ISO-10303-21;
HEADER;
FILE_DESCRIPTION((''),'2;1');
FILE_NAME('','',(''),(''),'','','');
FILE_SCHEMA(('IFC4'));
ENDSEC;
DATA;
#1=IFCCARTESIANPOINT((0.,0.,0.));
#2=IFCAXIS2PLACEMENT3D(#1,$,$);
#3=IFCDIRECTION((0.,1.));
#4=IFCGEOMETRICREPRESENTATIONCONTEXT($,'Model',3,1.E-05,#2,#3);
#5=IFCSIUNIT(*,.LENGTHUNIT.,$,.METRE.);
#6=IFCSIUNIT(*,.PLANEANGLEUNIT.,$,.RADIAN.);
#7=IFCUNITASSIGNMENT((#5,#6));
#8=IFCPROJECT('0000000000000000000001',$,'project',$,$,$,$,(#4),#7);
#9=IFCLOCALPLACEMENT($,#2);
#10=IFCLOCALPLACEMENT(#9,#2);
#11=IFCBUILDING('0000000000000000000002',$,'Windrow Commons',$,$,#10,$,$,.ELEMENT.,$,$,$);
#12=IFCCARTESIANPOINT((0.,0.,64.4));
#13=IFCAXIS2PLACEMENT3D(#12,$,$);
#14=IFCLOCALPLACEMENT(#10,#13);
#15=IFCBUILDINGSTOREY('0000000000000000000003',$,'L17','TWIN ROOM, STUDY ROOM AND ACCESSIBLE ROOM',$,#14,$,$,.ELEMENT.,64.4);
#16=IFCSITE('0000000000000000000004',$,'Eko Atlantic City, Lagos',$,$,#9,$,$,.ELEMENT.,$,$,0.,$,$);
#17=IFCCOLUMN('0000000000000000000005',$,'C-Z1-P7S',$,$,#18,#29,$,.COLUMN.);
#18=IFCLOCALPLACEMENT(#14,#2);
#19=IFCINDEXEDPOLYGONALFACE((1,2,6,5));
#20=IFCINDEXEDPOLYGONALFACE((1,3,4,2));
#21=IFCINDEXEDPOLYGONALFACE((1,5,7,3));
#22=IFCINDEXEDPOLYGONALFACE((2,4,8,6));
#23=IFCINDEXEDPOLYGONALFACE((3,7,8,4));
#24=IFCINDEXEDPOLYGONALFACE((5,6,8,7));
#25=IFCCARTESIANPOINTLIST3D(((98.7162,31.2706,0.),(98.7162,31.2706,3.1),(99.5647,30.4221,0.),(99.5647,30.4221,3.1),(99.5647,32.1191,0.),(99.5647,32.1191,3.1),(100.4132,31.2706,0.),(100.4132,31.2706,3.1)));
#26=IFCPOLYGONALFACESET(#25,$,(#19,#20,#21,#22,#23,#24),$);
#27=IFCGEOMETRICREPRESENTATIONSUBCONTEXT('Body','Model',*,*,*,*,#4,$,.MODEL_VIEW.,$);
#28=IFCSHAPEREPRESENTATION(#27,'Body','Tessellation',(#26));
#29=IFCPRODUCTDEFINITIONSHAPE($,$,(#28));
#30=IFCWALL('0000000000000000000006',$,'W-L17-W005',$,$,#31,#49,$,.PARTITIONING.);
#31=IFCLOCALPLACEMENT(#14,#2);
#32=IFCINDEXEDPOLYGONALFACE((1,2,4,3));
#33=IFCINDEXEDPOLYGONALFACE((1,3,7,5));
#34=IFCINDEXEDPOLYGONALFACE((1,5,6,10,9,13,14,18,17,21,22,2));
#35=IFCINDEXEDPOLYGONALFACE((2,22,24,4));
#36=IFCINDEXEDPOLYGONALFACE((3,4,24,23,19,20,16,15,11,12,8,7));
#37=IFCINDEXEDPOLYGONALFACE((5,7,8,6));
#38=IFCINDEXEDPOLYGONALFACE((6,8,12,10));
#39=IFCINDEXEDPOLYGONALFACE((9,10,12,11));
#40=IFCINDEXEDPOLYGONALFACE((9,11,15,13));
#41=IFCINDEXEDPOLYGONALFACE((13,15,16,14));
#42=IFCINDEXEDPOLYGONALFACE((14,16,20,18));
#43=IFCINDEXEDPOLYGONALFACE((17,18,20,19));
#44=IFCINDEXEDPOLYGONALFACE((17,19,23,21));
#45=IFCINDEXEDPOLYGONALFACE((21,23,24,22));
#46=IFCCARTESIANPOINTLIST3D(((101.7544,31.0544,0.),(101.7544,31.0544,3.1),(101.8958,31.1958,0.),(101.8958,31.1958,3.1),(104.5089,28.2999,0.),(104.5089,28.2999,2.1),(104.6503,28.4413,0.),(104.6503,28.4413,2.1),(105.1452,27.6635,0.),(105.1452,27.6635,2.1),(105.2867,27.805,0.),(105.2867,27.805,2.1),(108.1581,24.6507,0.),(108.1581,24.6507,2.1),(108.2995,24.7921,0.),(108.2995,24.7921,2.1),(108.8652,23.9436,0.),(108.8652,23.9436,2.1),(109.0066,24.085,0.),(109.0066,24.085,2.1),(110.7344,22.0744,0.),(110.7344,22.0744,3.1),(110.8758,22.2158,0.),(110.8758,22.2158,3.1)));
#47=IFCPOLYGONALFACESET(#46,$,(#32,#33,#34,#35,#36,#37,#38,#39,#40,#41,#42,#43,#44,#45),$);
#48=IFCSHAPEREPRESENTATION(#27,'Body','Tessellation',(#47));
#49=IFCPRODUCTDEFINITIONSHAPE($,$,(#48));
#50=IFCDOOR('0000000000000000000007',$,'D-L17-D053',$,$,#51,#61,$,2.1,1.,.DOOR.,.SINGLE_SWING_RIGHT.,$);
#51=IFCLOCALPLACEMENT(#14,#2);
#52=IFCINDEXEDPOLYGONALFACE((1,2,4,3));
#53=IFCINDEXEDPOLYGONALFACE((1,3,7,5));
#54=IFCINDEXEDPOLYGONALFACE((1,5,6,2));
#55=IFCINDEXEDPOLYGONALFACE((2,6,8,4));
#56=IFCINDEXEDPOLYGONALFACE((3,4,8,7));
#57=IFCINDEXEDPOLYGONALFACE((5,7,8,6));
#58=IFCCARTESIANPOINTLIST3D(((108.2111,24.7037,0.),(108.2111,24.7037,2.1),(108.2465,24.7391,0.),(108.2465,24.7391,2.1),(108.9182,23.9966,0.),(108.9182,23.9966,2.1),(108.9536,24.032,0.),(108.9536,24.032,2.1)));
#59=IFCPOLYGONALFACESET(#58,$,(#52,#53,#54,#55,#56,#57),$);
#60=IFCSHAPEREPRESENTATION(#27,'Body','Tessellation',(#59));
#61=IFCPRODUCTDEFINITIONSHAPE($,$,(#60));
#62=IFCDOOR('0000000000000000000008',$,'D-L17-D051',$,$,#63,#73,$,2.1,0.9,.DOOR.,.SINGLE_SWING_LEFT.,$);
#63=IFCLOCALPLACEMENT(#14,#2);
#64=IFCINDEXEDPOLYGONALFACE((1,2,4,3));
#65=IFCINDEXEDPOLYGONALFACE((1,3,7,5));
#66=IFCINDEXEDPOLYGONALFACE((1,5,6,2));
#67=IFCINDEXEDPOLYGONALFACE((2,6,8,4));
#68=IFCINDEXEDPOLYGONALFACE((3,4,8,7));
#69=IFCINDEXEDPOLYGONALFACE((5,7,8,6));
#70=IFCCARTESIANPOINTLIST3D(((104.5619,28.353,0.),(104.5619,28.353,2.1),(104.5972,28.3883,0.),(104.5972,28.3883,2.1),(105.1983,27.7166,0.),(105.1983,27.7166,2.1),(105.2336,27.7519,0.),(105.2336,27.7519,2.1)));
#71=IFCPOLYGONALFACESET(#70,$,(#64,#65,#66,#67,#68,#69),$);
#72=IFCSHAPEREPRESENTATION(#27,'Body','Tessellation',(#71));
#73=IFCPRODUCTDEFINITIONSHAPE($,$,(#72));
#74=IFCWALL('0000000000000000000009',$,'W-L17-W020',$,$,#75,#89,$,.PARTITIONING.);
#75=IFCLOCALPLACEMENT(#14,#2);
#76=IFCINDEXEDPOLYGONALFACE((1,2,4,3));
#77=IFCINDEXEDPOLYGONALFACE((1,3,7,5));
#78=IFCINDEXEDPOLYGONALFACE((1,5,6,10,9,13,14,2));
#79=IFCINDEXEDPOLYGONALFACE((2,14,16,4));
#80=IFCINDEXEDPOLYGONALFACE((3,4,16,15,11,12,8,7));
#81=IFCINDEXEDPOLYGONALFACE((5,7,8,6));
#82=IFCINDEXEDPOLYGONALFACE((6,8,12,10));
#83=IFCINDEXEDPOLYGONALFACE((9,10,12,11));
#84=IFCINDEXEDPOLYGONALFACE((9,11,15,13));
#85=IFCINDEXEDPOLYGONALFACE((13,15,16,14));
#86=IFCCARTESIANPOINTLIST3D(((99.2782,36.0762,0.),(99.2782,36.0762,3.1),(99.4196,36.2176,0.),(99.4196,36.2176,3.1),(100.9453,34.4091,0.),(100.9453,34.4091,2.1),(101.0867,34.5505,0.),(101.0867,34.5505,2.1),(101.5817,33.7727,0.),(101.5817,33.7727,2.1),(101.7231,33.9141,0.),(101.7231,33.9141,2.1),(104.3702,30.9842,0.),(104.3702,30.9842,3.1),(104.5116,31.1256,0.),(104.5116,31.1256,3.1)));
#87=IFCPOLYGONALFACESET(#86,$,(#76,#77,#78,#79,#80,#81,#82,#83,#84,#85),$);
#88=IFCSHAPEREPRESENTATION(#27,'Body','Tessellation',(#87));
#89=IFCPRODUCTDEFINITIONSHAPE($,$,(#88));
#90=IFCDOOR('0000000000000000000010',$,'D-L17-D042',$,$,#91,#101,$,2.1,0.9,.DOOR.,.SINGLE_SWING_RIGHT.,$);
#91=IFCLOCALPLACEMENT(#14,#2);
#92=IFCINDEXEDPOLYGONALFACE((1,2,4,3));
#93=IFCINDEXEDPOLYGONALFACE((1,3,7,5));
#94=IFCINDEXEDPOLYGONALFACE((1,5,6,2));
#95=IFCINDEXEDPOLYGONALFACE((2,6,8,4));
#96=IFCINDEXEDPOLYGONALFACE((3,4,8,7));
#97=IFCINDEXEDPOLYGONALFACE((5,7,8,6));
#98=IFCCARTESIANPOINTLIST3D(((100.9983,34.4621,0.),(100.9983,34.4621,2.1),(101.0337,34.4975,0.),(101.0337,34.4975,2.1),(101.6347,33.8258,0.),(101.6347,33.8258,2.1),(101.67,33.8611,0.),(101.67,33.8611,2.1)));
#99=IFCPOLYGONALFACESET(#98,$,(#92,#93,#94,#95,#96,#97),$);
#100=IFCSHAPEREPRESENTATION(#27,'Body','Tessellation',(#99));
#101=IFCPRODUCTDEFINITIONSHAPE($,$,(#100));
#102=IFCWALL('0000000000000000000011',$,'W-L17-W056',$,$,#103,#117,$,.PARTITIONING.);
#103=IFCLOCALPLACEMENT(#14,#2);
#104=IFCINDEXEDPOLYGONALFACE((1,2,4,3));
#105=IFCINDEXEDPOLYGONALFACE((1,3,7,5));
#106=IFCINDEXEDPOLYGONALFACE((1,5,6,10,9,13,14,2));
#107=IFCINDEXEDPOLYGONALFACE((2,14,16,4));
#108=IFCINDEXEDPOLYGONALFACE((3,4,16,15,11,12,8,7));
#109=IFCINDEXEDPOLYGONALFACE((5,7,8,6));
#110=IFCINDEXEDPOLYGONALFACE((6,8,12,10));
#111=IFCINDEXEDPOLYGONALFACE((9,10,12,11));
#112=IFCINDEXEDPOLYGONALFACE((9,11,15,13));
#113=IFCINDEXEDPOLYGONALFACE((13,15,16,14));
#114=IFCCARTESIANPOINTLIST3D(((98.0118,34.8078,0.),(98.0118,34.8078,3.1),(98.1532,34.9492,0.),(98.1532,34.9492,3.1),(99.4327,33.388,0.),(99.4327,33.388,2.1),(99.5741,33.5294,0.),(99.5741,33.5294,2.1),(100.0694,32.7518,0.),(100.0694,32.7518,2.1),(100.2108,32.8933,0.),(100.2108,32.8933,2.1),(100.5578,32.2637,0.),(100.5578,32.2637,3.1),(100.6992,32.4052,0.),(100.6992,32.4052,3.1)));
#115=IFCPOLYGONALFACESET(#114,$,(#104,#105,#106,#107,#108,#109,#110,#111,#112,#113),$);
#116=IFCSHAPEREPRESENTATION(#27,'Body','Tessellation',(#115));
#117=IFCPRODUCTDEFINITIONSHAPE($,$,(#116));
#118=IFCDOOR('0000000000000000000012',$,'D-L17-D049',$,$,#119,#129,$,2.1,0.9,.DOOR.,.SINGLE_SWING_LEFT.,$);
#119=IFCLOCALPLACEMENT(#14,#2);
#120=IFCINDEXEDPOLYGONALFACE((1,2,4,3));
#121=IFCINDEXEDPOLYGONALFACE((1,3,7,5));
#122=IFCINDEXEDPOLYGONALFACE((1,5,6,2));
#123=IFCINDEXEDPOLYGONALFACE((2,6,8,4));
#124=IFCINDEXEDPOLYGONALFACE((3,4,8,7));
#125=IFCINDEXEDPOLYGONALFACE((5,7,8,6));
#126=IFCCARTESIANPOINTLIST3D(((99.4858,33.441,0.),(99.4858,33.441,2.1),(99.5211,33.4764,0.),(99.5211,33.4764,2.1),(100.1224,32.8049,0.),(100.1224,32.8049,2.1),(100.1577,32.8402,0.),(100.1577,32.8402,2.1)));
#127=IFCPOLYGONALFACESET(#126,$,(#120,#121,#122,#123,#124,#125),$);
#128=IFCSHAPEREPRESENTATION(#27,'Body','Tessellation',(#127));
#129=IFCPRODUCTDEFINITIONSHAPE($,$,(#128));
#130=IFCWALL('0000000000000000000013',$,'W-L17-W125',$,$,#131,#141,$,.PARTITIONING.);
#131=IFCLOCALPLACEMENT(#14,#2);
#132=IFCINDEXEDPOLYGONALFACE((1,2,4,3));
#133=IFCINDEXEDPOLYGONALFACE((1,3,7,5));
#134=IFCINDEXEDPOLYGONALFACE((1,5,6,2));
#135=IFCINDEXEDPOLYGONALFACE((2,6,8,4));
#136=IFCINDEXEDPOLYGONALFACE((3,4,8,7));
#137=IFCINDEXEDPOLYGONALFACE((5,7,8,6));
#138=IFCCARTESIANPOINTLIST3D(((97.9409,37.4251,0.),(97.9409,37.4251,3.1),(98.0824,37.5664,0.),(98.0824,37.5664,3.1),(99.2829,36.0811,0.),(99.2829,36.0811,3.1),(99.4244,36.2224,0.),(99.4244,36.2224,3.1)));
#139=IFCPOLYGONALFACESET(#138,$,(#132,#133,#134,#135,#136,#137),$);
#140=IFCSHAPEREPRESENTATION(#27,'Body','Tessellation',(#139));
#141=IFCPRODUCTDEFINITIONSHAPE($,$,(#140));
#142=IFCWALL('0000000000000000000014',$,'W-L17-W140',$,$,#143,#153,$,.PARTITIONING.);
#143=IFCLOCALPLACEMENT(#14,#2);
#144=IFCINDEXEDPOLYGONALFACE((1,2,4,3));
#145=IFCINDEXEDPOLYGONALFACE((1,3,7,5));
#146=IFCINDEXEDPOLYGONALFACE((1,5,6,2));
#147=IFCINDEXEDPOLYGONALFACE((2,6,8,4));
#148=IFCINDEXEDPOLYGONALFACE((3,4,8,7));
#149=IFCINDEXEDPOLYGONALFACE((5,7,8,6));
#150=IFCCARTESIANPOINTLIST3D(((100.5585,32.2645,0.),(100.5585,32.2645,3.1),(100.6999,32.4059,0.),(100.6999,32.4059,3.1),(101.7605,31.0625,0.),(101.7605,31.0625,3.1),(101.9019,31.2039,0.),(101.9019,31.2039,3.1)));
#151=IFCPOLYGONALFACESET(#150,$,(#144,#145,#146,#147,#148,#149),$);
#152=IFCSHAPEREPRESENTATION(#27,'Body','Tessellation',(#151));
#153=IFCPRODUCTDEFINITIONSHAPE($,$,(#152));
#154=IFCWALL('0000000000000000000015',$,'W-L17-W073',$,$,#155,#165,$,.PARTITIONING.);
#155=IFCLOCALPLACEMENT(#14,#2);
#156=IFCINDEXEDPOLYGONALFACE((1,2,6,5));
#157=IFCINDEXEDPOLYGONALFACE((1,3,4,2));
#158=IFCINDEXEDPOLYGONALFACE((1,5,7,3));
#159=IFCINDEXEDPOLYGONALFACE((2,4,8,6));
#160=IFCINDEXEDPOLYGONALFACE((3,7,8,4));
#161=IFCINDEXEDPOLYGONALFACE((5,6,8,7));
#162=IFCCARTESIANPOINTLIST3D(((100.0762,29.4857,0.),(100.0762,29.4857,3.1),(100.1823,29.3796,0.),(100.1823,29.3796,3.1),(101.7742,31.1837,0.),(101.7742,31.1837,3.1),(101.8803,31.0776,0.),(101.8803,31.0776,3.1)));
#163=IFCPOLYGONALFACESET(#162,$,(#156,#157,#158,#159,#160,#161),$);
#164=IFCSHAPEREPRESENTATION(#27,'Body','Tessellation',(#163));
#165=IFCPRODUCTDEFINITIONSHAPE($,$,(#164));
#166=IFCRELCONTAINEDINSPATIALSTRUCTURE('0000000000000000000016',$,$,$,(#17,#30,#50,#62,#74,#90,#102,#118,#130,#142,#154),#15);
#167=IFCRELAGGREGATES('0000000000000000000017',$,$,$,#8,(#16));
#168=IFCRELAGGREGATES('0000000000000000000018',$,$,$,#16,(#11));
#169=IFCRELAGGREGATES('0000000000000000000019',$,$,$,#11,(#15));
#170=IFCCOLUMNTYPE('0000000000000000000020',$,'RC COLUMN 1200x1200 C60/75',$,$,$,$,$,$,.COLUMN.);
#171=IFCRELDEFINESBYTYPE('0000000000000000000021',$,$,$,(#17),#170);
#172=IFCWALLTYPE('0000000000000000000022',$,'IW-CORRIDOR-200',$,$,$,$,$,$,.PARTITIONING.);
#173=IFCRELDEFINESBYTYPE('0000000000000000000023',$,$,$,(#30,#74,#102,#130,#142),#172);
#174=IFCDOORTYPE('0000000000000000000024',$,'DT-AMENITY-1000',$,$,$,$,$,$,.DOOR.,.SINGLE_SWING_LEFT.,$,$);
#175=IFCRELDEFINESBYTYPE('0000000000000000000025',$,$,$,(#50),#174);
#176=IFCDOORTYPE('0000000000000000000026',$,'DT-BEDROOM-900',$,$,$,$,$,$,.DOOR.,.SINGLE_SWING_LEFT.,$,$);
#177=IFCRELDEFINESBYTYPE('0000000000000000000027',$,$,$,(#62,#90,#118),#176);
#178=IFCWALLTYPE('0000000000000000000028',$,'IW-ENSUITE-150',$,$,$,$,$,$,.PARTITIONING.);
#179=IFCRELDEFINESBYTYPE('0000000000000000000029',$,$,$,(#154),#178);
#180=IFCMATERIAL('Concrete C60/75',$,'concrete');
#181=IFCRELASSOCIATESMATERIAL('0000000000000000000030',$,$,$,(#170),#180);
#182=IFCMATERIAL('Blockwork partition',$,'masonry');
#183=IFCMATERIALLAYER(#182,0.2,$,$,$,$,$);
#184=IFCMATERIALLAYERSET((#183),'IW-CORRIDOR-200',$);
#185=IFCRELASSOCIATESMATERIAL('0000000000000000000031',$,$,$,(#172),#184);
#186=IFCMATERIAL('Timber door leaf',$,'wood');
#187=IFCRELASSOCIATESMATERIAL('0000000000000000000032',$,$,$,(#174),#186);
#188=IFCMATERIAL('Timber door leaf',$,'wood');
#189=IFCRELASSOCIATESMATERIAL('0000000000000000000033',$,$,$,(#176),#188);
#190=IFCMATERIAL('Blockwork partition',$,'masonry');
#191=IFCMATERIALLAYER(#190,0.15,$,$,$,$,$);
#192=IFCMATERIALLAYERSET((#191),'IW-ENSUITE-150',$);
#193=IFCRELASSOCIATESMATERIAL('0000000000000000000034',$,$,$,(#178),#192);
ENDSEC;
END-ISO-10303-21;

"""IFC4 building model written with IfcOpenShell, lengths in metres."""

from ifc_helpers import new_model, si_unit, direction, frame, frame_2d, origin, origin_2d, place, context, subcontext, project, spatial, rectangle, extrude, material, layer, layer_set, material_profile, profile_set, type_object, element, fill, save


model = new_model("IFC4")

# Units and contexts
model_context = context("Model", 3, precision=1e-05, world=origin(), true_north=direction((0.0, 1.0)))
body_context = subcontext(model_context, "Body", "Model", "MODEL_VIEW")
ifc_project = project(units=[si_unit("LENGTHUNIT", "METRE"), si_unit("PLANEANGLEUNIT", "RADIAN")], contexts=[model_context])

# Site, building, storey
site_placement = place(None, origin())
site = spatial("IfcSite", under=ifc_project, at=site_placement, Name="Eko Atlantic City, Lagos", CompositionType="ELEMENT", RefElevation=0.0)
building_placement = place(site_placement, origin())
building = spatial("IfcBuilding", under=site, at=building_placement, Name="Windrow Commons", CompositionType="ELEMENT")
storey_placement = place(building_placement, frame((0.0, 0.0, 64.4)))
storey = spatial("IfcBuildingStorey", under=building, at=storey_placement, Name="L17", Description="TWIN ROOM, STUDY ROOM AND ACCESSIBLE ROOM", CompositionType="ELEMENT", Elevation=64.4)

# Column
ifc_material_1 = material(Name="Concrete C60/75", Category="concrete")
ifc_material_profile = material_profile(ifc_material_1, rectangle(XDim=1.2, YDim=1.2, at=origin_2d()))
ifc_profile_set = profile_set([ifc_material_profile], Name="Concrete C60/75")
column_type = type_object("IfcColumnType", Name="RC COLUMN 1200x1200 C60/75", PredefinedType="COLUMN", material=ifc_profile_set)
column_placement = place(storey_placement, frame((99.5647, 31.2706, 0.0), z_axis=(0.0, 0.0, 1.0), x_axis=(0.707107, -0.707107, 0.0)))
element("IfcColumn", 1, at=column_placement, inside=storey, type_object=column_type, Name="C-Z1-P7S", PredefinedType="COLUMN", context=body_context, shape_type="SweptSolid", body=[
    extrude(rectangle(XDim=1.2, YDim=1.2, at=origin_2d()), origin(), (0.0, 0.0, 1.0), 3.1),
])

# Wall, openings, doors
ifc_material_2 = material(Name="Blockwork partition", Category="masonry")
ifc_layer_1 = layer(ifc_material_2, 0.2)
ifc_layer_set_1 = layer_set([ifc_layer_1], Name="IW-CORRIDOR-200")
wall_type_1 = type_object("IfcWallType", Name="IW-CORRIDOR-200", PredefinedType="PARTITIONING", material=ifc_layer_set_1)
wall_1_placement = place(storey_placement, frame((101.8251, 31.1251, 0.0), z_axis=(0.0, 0.0, 1.0), x_axis=(0.707107, -0.707107, 0.0)))
wall_1 = element("IfcWall", 2, at=wall_1_placement, inside=storey, type_object=wall_type_1, Name="W-L17-W005", PredefinedType="PARTITIONING", context=body_context, shape_type="SweptSolid", body=[
    extrude(rectangle(XDim=12.6996, YDim=0.2, at=frame_2d((6.3498, 0.0))), origin(), (0.0, 0.0, 1.0), 3.1),
])
opening_1_placement = place(wall_1_placement, frame((3.8954, 0.0, 0.0)))
opening_1 = element("IfcOpeningElement", 3, at=opening_1_placement, cuts=wall_1, PredefinedType="OPENING", context=body_context, shape_type="SweptSolid", body=[
    extrude(rectangle(XDim=0.9, YDim=2.1, at=frame_2d((0.45, 1.05))), frame((0.0, 0.11, 0.0), z_axis=(0.0, -1.0, 0.0), x_axis=(1.0, 0.0, 0.0)), (0.0, 0.0, 1.0), 0.22),
])
opening_2_placement = place(wall_1_placement, frame((9.0562, 0.0, 0.0)))
opening_2 = element("IfcOpeningElement", 4, at=opening_2_placement, cuts=wall_1, PredefinedType="OPENING", context=body_context, shape_type="SweptSolid", body=[
    extrude(rectangle(XDim=1.0, YDim=2.1, at=frame_2d((0.5, 1.05))), frame((0.0, 0.11, 0.0), z_axis=(0.0, -1.0, 0.0), x_axis=(1.0, 0.0, 0.0)), (0.0, 0.0, 1.0), 0.22),
])
ifc_material_3 = material(Name="Timber door leaf", Category="wood")
door_type_1 = type_object("IfcDoorType", Name="DT-AMENITY-1000", OperationType="SINGLE_SWING_LEFT", PredefinedType="DOOR", material=ifc_material_3)
door_1_placement = place(opening_2_placement, origin())
door_1 = element("IfcDoor", 5, at=door_1_placement, inside=storey, type_object=door_type_1, Name="D-L17-D053", OperationType="SINGLE_SWING_RIGHT", OverallHeight=2.1, OverallWidth=1.0, PredefinedType="DOOR", context=body_context, shape_type="SweptSolid", body=[
    extrude(rectangle(XDim=1.0, YDim=2.1, at=frame_2d((0.5, 1.05))), frame((0.0, 0.025, 0.0), z_axis=(0.0, -1.0, 0.0), x_axis=(1.0, 0.0, 0.0)), (0.0, 0.0, 1.0), 0.05),
])
fill(opening_2, door_1)
ifc_material_4 = material(Name="Timber door leaf", Category="wood")
door_type_2 = type_object("IfcDoorType", Name="DT-BEDROOM-900", OperationType="SINGLE_SWING_LEFT", PredefinedType="DOOR", material=ifc_material_4)
door_2_placement = place(opening_1_placement, origin())
door_2 = element("IfcDoor", 6, at=door_2_placement, inside=storey, type_object=door_type_2, Name="D-L17-D051", OperationType="SINGLE_SWING_LEFT", OverallHeight=2.1, OverallWidth=0.9, PredefinedType="DOOR", context=body_context, shape_type="SweptSolid", body=[
    extrude(rectangle(XDim=0.9, YDim=2.1, at=frame_2d((0.45, 1.05))), frame((0.0, 0.025, 0.0), z_axis=(0.0, -1.0, 0.0), x_axis=(1.0, 0.0, 0.0)), (0.0, 0.0, 1.0), 0.05),
])
fill(opening_1, door_2)

# Walls, openings, doors
wall_2_placement = place(storey_placement, frame((99.3489, 36.1469, 0.0), z_axis=(0.0, 0.0, 1.0), x_axis=(0.707107, -0.707107, 0.0)))
wall_2 = element("IfcWall", 7, at=wall_2_placement, inside=storey, type_object=wall_type_1, Name="W-L17-W020", PredefinedType="PARTITIONING", context=body_context, shape_type="SweptSolid", body=[
    extrude(rectangle(XDim=7.2012, YDim=0.2, at=frame_2d((3.6006, 0.0))), origin(), (0.0, 0.0, 1.0), 3.1),
])
opening_3_placement = place(wall_2_placement, frame((2.3576, 0.0, 0.0)))
opening_3 = element("IfcOpeningElement", 8, at=opening_3_placement, cuts=wall_2, PredefinedType="OPENING", context=body_context, shape_type="SweptSolid", body=[
    extrude(rectangle(XDim=0.9, YDim=2.1, at=frame_2d((0.45, 1.05))), frame((0.0, 0.11, 0.0), z_axis=(0.0, -1.0, 0.0), x_axis=(1.0, 0.0, 0.0)), (0.0, 0.0, 1.0), 0.22),
])
door_3_placement = place(opening_3_placement, origin())
door_3 = element("IfcDoor", 9, at=door_3_placement, inside=storey, type_object=door_type_2, Name="D-L17-D042", OperationType="SINGLE_SWING_RIGHT", OverallHeight=2.1, OverallWidth=0.9, PredefinedType="DOOR", context=body_context, shape_type="SweptSolid", body=[
    extrude(rectangle(XDim=0.9, YDim=2.1, at=frame_2d((0.45, 1.05))), frame((0.0, 0.025, 0.0), z_axis=(0.0, -1.0, 0.0), x_axis=(1.0, 0.0, 0.0)), (0.0, 0.0, 1.0), 0.05),
])
fill(opening_3, door_3)
wall_3_placement = place(storey_placement, frame((98.0825, 34.8785, 0.0), z_axis=(0.0, 0.0, 1.0), x_axis=(0.707385, -0.706829, 0.0)))
wall_3 = element("IfcWall", 10, at=wall_3_placement, inside=storey, type_object=wall_type_1, Name="W-L17-W056", PredefinedType="PARTITIONING", context=body_context, shape_type="SweptSolid", body=[
    extrude(rectangle(XDim=3.5992, YDim=0.2, at=frame_2d((1.7996, 0.0))), origin(), (0.0, 0.0, 1.0), 3.1),
])
opening_4_placement = place(wall_3_placement, frame((2.0087, 0.0, 0.0)))
opening_4 = element("IfcOpeningElement", 11, at=opening_4_placement, cuts=wall_3, PredefinedType="OPENING", context=body_context, shape_type="SweptSolid", body=[
    extrude(rectangle(XDim=0.9, YDim=2.1, at=frame_2d((0.45, 1.05))), frame((0.0, 0.11, 0.0), z_axis=(0.0, -1.0, 0.0), x_axis=(1.0, 0.0, 0.0)), (0.0, 0.0, 1.0), 0.22),
])
door_4_placement = place(opening_4_placement, origin())
door_4 = element("IfcDoor", 12, at=door_4_placement, inside=storey, type_object=door_type_2, Name="D-L17-D049", OperationType="SINGLE_SWING_LEFT", OverallHeight=2.1, OverallWidth=0.9, PredefinedType="DOOR", context=body_context, shape_type="SweptSolid", body=[
    extrude(rectangle(XDim=0.9, YDim=2.1, at=frame_2d((0.45, 1.05))), frame((0.0, 0.025, 0.0), z_axis=(0.0, -1.0, 0.0), x_axis=(1.0, 0.0, 0.0)), (0.0, 0.0, 1.0), 0.05),
])
fill(opening_4, door_4)

# Walls
wall_4_placement = place(storey_placement, frame((98.0117, 37.4957, 0.0), z_axis=(0.0, 0.0, 1.0), x_axis=(0.70658, -0.707633, 0.0)))
element("IfcWall", 13, at=wall_4_placement, inside=storey, type_object=wall_type_1, Name="W-L17-W125", PredefinedType="PARTITIONING", context=body_context, shape_type="SweptSolid", body=[
    extrude(rectangle(XDim=1.8993, YDim=0.2, at=frame_2d((0.9496, 0.0))), origin(), (0.0, 0.0, 1.0), 3.1),
])
wall_5_placement = place(storey_placement, frame((100.6292, 32.3352, 0.0), z_axis=(0.0, 0.0, 1.0), x_axis=(0.707107, -0.707107, 0.0)))
element("IfcWall", 14, at=wall_5_placement, inside=storey, type_object=wall_type_1, Name="W-L17-W140", PredefinedType="PARTITIONING", context=body_context, shape_type="SweptSolid", body=[
    extrude(rectangle(XDim=1.6999, YDim=0.2, at=frame_2d((0.8499, 0.0))), origin(), (0.0, 0.0, 1.0), 3.1),
])
ifc_material_5 = material(Name="Blockwork partition", Category="masonry")
ifc_layer_2 = layer(ifc_material_5, 0.15)
ifc_layer_set_2 = layer_set([ifc_layer_2], Name="IW-ENSUITE-150")
wall_type_2 = type_object("IfcWallType", Name="IW-ENSUITE-150", PredefinedType="PARTITIONING", material=ifc_layer_set_2)
wall_6_placement = place(storey_placement, frame((100.1293, 29.4327, 0.0), z_axis=(0.0, 0.0, 1.0), x_axis=(0.707107, 0.707107, 0.0)))
element("IfcWall", 15, at=wall_6_placement, inside=storey, type_object=wall_type_2, Name="W-L17-W073", PredefinedType="PARTITIONING", context=body_context, shape_type="SweptSolid", body=[
    extrude(rectangle(XDim=2.4013, YDim=0.15, at=frame_2d((1.2006, 0.0))), origin(), (0.0, 0.0, 1.0), 3.1),
])

save(model, "model.ifc")
